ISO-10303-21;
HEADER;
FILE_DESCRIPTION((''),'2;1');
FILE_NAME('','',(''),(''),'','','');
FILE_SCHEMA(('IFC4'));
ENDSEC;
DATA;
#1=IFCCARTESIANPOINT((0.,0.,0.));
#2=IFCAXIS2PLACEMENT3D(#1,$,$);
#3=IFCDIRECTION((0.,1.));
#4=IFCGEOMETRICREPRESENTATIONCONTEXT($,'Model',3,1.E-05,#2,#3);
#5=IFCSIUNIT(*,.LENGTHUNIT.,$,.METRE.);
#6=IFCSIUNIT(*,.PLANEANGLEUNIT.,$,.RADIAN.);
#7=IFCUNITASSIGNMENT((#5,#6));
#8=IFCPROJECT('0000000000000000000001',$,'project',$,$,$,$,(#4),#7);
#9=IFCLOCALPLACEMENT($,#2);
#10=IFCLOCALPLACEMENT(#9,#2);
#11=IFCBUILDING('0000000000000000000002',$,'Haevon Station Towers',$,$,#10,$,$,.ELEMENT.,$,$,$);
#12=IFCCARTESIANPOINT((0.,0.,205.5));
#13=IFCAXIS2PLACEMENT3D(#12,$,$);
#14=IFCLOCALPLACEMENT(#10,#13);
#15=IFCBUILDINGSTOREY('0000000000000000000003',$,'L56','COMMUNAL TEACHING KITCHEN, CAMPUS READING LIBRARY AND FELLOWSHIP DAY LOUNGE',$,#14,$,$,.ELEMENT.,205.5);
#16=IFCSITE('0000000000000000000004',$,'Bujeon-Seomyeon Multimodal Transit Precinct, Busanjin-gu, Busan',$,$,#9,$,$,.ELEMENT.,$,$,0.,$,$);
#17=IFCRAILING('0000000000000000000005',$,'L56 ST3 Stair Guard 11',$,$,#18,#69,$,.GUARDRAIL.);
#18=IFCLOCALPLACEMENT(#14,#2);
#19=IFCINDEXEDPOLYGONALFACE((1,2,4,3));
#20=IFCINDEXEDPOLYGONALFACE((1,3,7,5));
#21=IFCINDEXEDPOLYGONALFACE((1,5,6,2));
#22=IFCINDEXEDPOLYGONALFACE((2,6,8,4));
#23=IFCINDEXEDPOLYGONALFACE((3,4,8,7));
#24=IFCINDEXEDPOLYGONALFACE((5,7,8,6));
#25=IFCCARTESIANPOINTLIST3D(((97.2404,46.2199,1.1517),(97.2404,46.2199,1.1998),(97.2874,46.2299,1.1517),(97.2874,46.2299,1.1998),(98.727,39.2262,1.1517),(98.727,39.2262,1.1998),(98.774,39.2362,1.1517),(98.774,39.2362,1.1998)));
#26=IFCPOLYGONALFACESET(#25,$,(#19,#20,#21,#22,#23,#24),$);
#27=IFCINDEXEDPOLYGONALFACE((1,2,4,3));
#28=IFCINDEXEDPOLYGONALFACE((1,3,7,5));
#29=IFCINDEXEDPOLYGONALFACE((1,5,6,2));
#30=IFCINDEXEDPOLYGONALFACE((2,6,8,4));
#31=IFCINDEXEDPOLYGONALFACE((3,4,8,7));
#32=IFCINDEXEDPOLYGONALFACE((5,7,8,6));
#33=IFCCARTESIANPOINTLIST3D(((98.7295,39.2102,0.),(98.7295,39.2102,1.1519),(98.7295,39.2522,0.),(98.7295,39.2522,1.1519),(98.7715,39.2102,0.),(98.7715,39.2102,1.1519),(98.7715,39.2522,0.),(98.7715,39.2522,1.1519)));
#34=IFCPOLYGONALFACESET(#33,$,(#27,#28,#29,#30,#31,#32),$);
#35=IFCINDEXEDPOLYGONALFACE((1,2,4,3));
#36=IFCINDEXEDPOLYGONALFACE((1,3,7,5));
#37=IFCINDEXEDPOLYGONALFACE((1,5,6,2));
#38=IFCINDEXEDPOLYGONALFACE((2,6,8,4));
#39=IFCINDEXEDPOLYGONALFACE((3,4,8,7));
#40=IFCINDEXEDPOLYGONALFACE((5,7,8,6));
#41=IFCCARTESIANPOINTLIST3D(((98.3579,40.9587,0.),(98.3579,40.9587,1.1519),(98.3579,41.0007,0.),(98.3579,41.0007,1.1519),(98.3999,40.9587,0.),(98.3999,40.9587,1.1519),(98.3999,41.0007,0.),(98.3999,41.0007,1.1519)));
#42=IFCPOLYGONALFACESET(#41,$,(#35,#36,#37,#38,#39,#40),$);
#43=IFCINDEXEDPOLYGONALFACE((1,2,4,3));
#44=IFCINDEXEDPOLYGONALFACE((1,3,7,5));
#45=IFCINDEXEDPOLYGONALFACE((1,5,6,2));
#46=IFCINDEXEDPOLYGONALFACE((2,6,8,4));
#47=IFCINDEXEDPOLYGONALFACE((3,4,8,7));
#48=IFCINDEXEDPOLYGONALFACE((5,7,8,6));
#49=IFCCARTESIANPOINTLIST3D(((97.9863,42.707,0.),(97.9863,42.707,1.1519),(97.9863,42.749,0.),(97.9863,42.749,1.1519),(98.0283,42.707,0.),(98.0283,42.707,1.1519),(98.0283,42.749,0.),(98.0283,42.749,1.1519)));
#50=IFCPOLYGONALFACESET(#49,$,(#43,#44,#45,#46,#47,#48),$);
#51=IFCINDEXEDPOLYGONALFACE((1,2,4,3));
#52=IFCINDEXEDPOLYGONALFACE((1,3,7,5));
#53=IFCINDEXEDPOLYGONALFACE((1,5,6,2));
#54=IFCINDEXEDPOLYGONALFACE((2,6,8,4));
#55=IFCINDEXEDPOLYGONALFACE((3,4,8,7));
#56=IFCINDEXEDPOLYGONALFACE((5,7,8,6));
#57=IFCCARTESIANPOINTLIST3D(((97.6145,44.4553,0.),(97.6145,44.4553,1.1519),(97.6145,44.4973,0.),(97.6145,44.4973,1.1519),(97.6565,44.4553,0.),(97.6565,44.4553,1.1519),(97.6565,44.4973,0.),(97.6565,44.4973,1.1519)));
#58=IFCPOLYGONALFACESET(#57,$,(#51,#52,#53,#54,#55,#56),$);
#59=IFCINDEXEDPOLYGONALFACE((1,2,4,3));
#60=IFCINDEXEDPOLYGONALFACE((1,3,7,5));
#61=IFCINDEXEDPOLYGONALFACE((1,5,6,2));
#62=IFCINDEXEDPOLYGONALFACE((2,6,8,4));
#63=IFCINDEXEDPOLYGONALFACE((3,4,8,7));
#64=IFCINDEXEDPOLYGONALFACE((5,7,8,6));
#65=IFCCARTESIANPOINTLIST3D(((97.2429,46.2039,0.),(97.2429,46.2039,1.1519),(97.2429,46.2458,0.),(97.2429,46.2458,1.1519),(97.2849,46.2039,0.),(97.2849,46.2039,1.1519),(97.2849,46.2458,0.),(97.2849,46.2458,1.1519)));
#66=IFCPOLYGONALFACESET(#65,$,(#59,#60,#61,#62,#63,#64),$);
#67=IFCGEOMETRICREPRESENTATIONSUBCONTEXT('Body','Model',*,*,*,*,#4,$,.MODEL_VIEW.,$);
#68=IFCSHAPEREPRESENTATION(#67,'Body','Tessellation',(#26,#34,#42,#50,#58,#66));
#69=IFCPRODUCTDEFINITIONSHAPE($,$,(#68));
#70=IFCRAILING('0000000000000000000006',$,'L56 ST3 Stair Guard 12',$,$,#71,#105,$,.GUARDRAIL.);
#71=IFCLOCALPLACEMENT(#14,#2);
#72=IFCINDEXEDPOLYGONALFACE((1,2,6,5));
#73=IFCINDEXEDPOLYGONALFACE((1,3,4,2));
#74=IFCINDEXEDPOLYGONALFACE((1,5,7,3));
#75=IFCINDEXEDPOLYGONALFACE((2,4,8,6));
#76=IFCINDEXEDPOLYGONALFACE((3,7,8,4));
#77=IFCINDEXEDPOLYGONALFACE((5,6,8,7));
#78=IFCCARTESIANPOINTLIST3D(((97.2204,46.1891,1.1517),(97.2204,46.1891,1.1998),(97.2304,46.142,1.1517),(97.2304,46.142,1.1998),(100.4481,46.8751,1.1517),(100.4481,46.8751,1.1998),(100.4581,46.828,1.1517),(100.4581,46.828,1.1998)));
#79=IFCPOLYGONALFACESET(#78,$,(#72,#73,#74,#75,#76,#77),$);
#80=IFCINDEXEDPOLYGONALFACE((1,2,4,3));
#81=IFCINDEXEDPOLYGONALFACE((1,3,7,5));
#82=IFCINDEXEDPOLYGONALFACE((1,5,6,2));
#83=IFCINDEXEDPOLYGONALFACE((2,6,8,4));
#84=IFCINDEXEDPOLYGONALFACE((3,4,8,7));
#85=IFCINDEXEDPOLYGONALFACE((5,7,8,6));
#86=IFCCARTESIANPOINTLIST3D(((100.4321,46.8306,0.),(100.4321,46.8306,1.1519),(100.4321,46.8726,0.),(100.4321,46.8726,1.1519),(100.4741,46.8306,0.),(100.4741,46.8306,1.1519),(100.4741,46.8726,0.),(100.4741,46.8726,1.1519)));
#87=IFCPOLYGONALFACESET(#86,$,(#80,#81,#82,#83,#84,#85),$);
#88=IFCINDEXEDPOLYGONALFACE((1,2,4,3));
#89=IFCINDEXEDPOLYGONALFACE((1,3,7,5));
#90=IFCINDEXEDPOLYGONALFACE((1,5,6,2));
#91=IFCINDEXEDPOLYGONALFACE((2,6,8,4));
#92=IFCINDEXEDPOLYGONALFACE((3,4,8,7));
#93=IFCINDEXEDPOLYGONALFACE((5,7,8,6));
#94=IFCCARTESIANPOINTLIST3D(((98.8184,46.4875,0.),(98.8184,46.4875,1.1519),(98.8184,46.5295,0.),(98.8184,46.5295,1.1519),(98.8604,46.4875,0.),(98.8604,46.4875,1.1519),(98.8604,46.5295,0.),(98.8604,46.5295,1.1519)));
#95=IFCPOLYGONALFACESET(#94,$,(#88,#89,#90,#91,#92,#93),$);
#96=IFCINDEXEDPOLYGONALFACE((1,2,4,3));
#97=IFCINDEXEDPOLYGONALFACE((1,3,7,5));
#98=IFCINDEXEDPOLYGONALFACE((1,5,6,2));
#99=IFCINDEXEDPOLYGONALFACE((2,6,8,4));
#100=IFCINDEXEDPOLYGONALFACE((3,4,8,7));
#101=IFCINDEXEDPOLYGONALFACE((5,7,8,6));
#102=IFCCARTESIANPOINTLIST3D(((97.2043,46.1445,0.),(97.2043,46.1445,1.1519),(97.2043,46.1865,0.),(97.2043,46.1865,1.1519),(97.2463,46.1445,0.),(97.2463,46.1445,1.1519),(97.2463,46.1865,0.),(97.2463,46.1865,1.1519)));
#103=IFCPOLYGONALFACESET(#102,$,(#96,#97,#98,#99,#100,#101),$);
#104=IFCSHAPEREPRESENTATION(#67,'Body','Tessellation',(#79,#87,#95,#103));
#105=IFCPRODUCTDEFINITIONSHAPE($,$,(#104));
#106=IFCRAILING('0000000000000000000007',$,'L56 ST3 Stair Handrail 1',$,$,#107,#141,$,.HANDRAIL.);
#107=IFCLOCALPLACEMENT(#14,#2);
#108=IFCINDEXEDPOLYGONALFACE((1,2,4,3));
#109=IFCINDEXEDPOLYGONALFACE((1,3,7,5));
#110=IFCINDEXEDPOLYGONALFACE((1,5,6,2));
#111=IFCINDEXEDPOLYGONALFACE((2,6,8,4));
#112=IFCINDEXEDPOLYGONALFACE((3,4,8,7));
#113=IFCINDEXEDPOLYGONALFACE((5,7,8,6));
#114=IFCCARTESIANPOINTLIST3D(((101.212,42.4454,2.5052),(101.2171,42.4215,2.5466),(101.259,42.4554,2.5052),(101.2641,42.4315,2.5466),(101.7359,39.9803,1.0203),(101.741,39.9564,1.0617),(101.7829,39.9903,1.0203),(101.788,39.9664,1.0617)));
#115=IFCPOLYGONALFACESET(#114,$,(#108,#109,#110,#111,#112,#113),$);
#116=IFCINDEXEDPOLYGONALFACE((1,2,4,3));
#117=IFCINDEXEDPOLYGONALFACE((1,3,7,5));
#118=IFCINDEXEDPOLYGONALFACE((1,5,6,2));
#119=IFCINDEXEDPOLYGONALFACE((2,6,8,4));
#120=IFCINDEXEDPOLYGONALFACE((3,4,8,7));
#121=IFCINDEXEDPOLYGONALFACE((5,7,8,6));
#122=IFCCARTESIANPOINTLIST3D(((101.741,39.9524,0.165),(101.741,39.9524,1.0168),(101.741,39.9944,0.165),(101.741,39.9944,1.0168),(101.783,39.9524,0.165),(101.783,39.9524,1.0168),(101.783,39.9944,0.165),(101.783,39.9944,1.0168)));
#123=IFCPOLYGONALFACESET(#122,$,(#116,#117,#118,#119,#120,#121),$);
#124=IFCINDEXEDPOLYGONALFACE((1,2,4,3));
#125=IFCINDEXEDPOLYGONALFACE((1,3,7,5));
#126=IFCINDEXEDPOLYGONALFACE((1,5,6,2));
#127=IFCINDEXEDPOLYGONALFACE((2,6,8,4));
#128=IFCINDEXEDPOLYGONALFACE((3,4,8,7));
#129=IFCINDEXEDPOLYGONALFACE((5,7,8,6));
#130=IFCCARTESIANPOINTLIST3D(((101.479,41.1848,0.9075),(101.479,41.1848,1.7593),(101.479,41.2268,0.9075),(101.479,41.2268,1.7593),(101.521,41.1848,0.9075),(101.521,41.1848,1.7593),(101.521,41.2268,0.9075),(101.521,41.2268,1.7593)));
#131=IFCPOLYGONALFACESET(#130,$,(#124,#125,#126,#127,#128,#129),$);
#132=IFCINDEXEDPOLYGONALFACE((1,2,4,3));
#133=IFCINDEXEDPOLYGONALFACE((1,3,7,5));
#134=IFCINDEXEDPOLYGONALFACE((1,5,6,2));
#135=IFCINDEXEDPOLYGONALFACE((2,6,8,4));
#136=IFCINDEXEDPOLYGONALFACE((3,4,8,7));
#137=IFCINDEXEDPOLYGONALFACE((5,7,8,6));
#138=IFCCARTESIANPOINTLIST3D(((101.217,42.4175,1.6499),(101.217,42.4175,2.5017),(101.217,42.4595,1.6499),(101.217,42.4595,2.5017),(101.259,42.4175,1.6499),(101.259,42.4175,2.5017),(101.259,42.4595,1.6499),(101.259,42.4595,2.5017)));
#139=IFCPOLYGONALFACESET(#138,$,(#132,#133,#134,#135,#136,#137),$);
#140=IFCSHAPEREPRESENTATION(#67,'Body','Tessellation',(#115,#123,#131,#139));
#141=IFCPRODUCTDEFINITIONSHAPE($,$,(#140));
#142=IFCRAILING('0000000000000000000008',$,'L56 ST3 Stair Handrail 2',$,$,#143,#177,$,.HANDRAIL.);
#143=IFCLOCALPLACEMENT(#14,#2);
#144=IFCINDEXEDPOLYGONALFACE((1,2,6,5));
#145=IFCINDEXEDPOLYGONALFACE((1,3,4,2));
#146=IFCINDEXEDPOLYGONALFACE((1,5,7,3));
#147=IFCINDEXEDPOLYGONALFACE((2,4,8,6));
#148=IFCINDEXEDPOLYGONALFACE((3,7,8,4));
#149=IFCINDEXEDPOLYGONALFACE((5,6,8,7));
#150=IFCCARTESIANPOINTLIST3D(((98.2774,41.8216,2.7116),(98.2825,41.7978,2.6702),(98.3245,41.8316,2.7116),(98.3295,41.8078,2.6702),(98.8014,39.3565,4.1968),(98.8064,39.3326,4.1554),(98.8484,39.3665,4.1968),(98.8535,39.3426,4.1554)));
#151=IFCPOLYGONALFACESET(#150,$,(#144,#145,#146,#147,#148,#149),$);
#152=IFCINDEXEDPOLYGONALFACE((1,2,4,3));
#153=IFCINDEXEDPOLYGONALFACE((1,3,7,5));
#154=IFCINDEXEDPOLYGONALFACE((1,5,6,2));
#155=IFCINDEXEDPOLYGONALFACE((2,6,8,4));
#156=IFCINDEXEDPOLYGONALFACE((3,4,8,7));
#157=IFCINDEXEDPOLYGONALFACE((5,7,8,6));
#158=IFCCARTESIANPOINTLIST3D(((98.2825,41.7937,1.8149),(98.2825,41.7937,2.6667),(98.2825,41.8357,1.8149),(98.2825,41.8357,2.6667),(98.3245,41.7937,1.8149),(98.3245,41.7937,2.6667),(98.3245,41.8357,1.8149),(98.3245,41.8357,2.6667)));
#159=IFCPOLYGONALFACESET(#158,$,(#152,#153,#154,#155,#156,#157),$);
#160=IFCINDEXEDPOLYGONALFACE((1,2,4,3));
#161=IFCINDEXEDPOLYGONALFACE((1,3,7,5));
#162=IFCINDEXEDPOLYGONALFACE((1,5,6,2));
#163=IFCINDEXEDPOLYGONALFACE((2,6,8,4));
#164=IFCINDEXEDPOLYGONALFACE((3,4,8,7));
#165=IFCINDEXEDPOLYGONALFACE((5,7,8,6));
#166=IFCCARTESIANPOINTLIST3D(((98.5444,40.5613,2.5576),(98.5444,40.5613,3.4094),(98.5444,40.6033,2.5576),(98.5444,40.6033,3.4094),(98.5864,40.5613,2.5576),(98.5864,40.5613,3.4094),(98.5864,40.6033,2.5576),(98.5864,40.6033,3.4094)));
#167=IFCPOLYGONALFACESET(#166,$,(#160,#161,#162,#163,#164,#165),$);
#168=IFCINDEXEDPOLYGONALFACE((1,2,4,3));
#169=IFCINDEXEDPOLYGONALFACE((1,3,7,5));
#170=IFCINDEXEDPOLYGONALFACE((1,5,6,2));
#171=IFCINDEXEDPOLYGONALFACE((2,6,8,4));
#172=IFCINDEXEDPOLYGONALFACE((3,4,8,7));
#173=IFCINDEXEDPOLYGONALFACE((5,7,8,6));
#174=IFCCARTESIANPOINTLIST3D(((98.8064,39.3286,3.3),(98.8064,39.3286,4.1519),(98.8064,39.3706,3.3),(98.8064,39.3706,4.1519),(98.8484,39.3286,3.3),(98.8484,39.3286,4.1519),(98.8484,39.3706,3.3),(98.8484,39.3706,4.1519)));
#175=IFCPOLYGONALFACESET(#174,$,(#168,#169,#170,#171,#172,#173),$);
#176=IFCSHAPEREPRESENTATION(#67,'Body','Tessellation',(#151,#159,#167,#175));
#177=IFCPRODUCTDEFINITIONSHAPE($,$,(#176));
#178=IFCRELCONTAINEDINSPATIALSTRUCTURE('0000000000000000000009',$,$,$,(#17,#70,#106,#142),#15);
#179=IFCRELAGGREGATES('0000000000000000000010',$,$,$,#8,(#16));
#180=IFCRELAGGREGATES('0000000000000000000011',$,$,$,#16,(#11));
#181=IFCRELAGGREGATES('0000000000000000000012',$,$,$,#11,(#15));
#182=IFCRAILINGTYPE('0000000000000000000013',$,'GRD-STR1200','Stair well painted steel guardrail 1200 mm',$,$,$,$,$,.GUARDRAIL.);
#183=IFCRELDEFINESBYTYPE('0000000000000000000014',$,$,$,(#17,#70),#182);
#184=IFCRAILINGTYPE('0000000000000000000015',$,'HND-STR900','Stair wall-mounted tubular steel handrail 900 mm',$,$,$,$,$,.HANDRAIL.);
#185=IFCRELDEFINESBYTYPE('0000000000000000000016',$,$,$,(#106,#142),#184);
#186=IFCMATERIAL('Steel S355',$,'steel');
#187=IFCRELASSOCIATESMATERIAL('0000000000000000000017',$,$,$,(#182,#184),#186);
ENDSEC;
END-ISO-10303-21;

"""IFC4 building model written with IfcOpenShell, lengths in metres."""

from ifc_helpers import new_model, si_unit, direction, frame, origin, origin_2d, place, context, subcontext, project, spatial, rectangle, extrude, material, type_object, element, save


model = new_model("IFC4")

# Units and contexts
model_context = context("Model", 3, precision=1e-05, world=origin(), true_north=direction((0.0, 1.0)))
body_context = subcontext(model_context, "Body", "Model", "MODEL_VIEW")
ifc_project = project(units=[si_unit("LENGTHUNIT", "METRE"), si_unit("PLANEANGLEUNIT", "RADIAN")], contexts=[model_context])

# Site, building, storey
site_placement = place(None, origin())
site = spatial("IfcSite", under=ifc_project, at=site_placement, Name="Bujeon-Seomyeon Multimodal Transit Precinct, Busanjin-gu, Busan", CompositionType="ELEMENT", RefElevation=0.0)
building_placement = place(site_placement, origin())
building = spatial("IfcBuilding", under=site, at=building_placement, Name="Haevon Station Towers", CompositionType="ELEMENT")
storey_placement = place(building_placement, frame((0.0, 0.0, 205.5)))
storey = spatial("IfcBuildingStorey", under=building, at=storey_placement, Name="L56", Description="COMMUNAL TEACHING KITCHEN, CAMPUS READING LIBRARY AND FELLOWSHIP DAY LOUNGE", CompositionType="ELEMENT", Elevation=205.5)

# Railings
ifc_material_1 = material(Name="Steel S355", Category="steel")
railing_type_1 = type_object("IfcRailingType", Name="GRD-STR1200", Description="Stair well painted steel guardrail 1200 mm", PredefinedType="GUARDRAIL", material=ifc_material_1)
railing_1_placement = place(storey_placement, frame((98.7505, 39.2312, 0.0)))
element("IfcRailing", 1, at=railing_1_placement, inside=storey, type_object=railing_type_1, Name="L56 ST3 Stair Guard 11", PredefinedType="GUARDRAIL", context=body_context, shape_type="SweptSolid", body=[
    extrude(rectangle(XDim=0.0481, YDim=0.0481, at=origin_2d()), frame((0.0, 0.0, 1.1758), z_axis=(-0.207915, 0.978147, 0.0), x_axis=(-0.978147, -0.207915, 0.0)), (0.0, 0.0, 1.0), 7.1499),
    extrude(rectangle(XDim=0.042, YDim=0.042, at=origin_2d()), origin(), (0.0, 0.0, 1.0), 1.1519),
    extrude(rectangle(XDim=0.042, YDim=0.042, at=origin_2d()), frame((-0.3716, 1.7485, 0.0)), (0.0, 0.0, 1.0), 1.1519),
    extrude(rectangle(XDim=0.042, YDim=0.042, at=origin_2d()), frame((-0.7432, 3.4968, 0.0)), (0.0, 0.0, 1.0), 1.1519),
    extrude(rectangle(XDim=0.042, YDim=0.042, at=origin_2d()), frame((-1.115, 5.2451, 0.0)), (0.0, 0.0, 1.0), 1.1519),
    extrude(rectangle(XDim=0.042, YDim=0.042, at=origin_2d()), frame((-1.4866, 6.9937, 0.0)), (0.0, 0.0, 1.0), 1.1519),
])
railing_2_placement = place(storey_placement, frame((100.4531, 46.8516, 0.0)))
element("IfcRailing", 2, at=railing_2_placement, inside=storey, type_object=railing_type_1, Name="L56 ST3 Stair Guard 12", PredefinedType="GUARDRAIL", context=body_context, shape_type="SweptSolid", body=[
    extrude(rectangle(XDim=0.0481, YDim=0.0481, at=origin_2d()), frame((0.0, 0.0, 1.1758), z_axis=(-0.978151, -0.207897, 0.0), x_axis=(0.207897, -0.978151, 0.0)), (0.0, 0.0, 1.0), 3.2998),
    extrude(rectangle(XDim=0.042, YDim=0.042, at=origin_2d()), origin(), (0.0, 0.0, 1.0), 1.1519),
    extrude(rectangle(XDim=0.042, YDim=0.042, at=origin_2d()), frame((-1.6138, -0.343, 0.0)), (0.0, 0.0, 1.0), 1.1519),
    extrude(rectangle(XDim=0.042, YDim=0.042, at=origin_2d()), frame((-3.2278, -0.686, 0.0)), (0.0, 0.0, 1.0), 1.1519),
])
railing_type_2 = type_object("IfcRailingType", Name="HND-STR900", Description="Stair wall-mounted tubular steel handrail 900 mm", PredefinedType="HANDRAIL", material=ifc_material_1)
railing_3_placement = place(storey_placement, frame((101.762, 39.9734, 0.165)))
element("IfcRailing", 3, at=railing_3_placement, inside=storey, type_object=railing_type_2, Name="L56 ST3 Stair Handrail 1", PredefinedType="HANDRAIL", context=body_context, shape_type="SweptSolid", body=[
    extrude(rectangle(XDim=0.0481, YDim=0.0481, at=origin_2d()), frame((0.0, 0.0, 0.876), z_axis=(-0.179116, 0.842748, 0.507635), x_axis=(-0.978151, -0.207895, 0.0)), (0.0, 0.0, 1.0), 2.925),
    extrude(rectangle(XDim=0.042, YDim=0.042, at=origin_2d()), origin(), (0.0, 0.0, 1.0), 0.8518),
    extrude(rectangle(XDim=0.042, YDim=0.042, at=origin_2d()), frame((-0.262, 1.2324, 0.7424)), (0.0, 0.0, 1.0), 0.8518),
    extrude(rectangle(XDim=0.042, YDim=0.042, at=origin_2d()), frame((-0.5239, 2.4651, 1.4849)), (0.0, 0.0, 1.0), 0.8518),
])
railing_4_placement = place(storey_placement, frame((98.3035, 41.8147, 1.8149)))
element("IfcRailing", 4, at=railing_4_placement, inside=storey, type_object=railing_type_2, Name="L56 ST3 Stair Handrail 2", PredefinedType="HANDRAIL", context=body_context, shape_type="SweptSolid", body=[
    extrude(rectangle(XDim=0.0481, YDim=0.0481, at=origin_2d()), frame((0.0, 0.0, 0.876), z_axis=(0.179109, -0.842712, 0.507697), x_axis=(0.978151, 0.207895, 0.0)), (0.0, 0.0, 1.0), 2.9253),
    extrude(rectangle(XDim=0.042, YDim=0.042, at=origin_2d()), origin(), (0.0, 0.0, 1.0), 0.8518),
    extrude(rectangle(XDim=0.042, YDim=0.042, at=origin_2d()), frame((0.262, -1.2324, 0.7427)), (0.0, 0.0, 1.0), 0.8518),
    extrude(rectangle(XDim=0.042, YDim=0.042, at=origin_2d()), frame((0.5239, -2.4651, 1.4851)), (0.0, 0.0, 1.0), 0.8518),
])

save(model, "model.ifc")
